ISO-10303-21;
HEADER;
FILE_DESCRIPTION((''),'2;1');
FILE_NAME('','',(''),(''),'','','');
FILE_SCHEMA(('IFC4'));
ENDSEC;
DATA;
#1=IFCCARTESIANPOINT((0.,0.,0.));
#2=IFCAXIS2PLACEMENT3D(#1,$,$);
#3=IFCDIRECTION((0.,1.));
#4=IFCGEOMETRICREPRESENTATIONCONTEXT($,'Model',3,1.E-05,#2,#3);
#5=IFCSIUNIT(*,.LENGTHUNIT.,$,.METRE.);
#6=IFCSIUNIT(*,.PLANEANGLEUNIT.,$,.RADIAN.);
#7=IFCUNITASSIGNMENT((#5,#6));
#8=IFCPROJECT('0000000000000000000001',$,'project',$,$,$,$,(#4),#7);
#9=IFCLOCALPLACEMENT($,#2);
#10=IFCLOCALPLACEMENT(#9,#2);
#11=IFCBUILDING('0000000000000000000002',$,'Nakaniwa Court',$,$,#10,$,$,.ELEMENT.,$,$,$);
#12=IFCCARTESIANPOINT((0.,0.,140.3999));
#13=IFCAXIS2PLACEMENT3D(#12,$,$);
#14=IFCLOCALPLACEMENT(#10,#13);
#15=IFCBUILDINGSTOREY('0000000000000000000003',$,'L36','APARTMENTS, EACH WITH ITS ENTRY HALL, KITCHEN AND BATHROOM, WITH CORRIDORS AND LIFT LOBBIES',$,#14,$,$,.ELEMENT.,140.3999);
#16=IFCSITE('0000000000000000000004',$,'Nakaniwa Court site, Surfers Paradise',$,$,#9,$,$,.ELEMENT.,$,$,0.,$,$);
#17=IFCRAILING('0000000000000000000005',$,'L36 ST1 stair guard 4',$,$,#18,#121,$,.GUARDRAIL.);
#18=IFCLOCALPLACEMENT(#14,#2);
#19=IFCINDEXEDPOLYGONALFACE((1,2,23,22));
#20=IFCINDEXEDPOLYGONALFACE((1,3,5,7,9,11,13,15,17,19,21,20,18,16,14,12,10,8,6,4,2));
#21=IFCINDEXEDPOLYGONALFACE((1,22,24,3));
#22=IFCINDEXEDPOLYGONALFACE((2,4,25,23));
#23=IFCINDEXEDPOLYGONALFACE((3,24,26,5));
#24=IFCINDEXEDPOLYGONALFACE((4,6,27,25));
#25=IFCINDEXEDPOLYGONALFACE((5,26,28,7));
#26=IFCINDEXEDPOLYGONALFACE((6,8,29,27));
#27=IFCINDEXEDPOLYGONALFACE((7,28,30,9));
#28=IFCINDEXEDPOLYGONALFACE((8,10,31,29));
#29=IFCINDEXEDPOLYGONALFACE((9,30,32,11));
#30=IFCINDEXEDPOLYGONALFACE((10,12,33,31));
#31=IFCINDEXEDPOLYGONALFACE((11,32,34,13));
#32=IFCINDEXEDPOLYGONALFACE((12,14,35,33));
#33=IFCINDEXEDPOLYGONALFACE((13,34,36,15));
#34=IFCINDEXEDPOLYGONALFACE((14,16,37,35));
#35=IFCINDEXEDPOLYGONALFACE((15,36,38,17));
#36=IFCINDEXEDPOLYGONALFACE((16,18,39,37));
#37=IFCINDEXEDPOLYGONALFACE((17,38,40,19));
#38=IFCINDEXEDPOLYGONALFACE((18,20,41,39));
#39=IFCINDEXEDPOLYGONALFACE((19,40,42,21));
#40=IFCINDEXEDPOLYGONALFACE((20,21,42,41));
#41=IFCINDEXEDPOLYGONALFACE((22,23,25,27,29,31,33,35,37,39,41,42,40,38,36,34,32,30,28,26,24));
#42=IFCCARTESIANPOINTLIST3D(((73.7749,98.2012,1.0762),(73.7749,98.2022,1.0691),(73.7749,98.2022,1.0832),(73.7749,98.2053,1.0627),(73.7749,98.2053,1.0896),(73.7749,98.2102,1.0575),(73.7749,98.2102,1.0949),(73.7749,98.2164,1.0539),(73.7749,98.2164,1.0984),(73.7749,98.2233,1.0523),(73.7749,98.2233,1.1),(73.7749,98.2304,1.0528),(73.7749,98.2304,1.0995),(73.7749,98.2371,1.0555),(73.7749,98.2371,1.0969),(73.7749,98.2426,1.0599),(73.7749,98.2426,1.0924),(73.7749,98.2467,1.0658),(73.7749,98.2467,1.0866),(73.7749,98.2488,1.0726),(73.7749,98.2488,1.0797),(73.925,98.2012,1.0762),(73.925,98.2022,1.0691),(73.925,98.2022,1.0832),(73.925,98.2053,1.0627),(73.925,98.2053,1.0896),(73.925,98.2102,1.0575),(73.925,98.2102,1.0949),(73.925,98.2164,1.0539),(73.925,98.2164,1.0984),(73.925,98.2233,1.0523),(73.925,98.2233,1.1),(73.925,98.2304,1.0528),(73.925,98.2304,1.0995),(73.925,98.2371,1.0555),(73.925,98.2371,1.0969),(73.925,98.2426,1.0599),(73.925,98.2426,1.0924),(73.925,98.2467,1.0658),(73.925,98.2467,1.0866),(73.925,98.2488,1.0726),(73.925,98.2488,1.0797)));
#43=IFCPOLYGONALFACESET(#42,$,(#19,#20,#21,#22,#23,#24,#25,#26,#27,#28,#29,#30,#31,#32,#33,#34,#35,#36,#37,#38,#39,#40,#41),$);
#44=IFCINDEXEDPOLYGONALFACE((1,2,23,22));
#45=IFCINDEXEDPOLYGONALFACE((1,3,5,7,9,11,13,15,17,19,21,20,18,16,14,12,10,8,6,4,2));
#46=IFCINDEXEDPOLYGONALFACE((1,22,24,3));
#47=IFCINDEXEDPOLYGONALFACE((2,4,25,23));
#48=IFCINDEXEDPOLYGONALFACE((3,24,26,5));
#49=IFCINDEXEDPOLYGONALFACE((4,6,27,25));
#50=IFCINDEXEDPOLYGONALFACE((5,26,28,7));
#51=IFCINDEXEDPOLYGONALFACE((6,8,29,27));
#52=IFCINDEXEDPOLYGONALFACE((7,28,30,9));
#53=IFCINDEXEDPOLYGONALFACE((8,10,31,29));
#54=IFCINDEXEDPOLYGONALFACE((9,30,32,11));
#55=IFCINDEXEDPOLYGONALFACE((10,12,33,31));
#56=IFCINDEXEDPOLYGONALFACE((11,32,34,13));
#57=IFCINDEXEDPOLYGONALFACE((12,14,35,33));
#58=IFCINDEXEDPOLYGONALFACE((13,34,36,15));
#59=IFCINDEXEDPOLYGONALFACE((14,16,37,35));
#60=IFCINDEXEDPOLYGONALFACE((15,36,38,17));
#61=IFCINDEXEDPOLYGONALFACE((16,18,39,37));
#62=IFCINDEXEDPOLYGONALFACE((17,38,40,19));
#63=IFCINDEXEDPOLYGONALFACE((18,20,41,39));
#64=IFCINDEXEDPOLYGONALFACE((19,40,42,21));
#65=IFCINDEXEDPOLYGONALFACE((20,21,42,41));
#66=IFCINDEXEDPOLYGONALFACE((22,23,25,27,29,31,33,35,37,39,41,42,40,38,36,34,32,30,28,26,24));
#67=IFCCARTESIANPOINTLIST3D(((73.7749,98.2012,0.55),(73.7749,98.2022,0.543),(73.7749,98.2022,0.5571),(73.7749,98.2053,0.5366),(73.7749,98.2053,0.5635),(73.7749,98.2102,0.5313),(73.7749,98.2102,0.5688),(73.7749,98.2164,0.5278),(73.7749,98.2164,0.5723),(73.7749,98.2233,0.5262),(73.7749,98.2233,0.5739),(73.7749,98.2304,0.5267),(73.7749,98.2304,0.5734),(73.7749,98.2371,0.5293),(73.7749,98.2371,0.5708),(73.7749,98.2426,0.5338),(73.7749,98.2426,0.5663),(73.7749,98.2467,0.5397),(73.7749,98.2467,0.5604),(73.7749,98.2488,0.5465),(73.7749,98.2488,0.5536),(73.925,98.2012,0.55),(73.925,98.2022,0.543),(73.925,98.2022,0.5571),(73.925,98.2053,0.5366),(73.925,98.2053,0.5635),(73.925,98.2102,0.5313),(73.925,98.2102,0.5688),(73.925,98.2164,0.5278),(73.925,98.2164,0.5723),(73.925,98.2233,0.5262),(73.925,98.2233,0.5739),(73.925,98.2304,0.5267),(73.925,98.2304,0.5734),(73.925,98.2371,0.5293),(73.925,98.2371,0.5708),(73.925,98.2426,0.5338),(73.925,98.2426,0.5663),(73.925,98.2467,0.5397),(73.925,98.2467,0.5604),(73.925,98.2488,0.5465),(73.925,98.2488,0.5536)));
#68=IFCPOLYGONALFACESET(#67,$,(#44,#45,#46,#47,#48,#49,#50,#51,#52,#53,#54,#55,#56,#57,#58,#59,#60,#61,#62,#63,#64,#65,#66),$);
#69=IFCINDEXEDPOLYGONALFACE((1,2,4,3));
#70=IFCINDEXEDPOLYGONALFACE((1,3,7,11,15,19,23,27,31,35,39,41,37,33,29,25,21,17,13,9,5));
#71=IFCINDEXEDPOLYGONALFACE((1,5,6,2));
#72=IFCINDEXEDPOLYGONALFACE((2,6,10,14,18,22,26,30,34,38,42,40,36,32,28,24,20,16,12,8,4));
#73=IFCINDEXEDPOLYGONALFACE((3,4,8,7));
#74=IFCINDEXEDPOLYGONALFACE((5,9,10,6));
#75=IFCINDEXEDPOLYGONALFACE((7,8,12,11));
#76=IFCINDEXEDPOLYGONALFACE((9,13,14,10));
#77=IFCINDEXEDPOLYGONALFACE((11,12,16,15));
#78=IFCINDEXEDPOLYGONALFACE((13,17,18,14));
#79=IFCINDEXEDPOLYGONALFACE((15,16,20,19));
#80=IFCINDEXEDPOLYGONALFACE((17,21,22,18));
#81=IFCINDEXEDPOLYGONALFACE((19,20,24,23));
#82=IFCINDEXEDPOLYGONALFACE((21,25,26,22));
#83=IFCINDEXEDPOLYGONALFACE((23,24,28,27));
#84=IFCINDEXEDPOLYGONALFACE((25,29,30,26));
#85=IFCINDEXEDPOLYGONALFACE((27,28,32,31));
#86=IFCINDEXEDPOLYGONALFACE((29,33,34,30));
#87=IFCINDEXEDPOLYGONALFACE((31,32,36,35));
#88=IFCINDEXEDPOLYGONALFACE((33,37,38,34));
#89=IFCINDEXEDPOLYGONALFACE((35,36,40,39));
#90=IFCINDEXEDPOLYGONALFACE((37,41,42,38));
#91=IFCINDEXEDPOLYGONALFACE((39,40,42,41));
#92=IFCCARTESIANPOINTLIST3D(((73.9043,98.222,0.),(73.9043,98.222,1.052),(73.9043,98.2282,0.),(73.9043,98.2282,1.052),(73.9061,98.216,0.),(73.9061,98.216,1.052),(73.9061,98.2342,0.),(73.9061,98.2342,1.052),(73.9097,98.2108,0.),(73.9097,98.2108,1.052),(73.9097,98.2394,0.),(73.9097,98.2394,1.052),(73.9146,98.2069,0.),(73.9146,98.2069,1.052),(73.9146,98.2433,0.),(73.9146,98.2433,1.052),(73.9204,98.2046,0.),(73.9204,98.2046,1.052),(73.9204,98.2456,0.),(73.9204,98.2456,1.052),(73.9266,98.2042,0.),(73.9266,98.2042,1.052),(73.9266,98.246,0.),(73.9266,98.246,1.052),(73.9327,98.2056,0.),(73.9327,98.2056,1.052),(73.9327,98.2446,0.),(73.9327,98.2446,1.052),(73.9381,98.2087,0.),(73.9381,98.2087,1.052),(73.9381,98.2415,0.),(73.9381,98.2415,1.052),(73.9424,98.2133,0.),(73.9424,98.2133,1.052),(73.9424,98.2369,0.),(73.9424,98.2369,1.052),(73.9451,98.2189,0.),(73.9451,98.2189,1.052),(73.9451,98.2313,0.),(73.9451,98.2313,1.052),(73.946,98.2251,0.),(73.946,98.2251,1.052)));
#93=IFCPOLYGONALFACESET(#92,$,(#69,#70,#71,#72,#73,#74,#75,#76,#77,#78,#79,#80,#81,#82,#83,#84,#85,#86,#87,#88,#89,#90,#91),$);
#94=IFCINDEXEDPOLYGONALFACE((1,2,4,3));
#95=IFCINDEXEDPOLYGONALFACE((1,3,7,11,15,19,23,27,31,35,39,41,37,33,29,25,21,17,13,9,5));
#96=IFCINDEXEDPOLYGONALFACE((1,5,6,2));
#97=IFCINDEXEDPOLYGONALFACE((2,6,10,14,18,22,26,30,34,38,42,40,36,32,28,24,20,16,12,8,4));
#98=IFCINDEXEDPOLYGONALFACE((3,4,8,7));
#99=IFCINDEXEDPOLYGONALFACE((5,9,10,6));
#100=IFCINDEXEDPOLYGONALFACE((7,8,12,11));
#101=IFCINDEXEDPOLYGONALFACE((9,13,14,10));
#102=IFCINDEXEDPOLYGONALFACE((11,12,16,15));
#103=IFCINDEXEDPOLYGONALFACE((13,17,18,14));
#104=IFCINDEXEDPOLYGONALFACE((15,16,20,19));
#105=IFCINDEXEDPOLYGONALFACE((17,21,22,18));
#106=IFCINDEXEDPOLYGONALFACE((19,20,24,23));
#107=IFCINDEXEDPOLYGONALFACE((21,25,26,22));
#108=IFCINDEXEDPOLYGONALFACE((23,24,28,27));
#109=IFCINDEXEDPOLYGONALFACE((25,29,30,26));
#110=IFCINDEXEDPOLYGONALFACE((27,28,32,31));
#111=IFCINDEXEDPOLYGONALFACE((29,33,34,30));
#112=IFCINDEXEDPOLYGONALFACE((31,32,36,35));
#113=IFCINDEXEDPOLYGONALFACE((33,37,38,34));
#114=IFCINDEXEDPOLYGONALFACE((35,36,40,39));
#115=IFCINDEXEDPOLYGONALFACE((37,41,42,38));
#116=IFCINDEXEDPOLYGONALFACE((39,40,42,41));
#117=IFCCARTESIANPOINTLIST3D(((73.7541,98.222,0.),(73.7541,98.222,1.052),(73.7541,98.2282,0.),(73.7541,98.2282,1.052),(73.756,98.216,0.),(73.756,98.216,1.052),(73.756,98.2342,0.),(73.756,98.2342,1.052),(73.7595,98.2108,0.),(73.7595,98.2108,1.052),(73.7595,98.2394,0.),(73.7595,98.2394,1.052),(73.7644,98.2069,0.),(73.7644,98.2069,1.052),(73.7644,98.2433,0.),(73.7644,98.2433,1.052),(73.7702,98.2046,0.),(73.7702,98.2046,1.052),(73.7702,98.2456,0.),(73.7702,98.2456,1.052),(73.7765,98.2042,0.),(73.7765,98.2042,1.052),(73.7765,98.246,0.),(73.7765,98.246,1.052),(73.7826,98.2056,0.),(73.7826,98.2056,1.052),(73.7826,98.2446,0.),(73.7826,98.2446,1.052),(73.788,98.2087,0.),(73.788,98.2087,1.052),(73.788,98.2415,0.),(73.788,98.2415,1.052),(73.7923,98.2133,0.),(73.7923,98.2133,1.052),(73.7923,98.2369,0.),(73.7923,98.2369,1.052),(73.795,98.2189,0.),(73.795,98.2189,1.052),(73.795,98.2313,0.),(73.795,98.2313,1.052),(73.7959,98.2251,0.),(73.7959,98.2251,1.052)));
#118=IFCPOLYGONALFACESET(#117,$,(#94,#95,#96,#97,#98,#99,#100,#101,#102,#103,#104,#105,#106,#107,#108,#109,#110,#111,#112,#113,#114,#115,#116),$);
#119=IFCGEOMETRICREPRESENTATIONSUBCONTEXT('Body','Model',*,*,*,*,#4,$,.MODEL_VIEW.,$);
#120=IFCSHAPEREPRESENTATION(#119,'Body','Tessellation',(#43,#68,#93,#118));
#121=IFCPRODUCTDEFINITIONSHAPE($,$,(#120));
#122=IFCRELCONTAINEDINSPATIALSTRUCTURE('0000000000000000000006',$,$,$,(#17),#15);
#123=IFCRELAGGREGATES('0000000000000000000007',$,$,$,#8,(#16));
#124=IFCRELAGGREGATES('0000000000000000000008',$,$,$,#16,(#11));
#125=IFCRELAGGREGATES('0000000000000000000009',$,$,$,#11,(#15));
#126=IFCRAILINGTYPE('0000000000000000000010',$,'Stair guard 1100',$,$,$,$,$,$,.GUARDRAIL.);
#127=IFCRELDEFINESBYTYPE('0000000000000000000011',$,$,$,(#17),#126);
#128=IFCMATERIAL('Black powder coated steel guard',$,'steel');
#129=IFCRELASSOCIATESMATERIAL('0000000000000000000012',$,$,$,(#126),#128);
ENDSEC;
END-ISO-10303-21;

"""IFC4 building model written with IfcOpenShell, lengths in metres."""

from ifc_helpers import new_model, si_unit, direction, frame, origin, origin_2d, place, context, subcontext, project, spatial, circle, extrude, material, type_object, element, save


model = new_model("IFC4")

# Units and contexts
model_context = context("Model", 3, precision=1e-05, world=origin(), true_north=direction((0.0, 1.0)))
body_context = subcontext(model_context, "Body", "Model", "MODEL_VIEW")
ifc_project = project(units=[si_unit("LENGTHUNIT", "METRE"), si_unit("PLANEANGLEUNIT", "RADIAN")], contexts=[model_context])

# Site, building, storey
site_placement = place(None, origin())
site = spatial("IfcSite", under=ifc_project, at=site_placement, Name="Nakaniwa Court site, Surfers Paradise", CompositionType="ELEMENT", RefElevation=0.0)
building_placement = place(site_placement, origin())
building = spatial("IfcBuilding", under=site, at=building_placement, Name="Nakaniwa Court", CompositionType="ELEMENT")
storey_placement = place(building_placement, frame((0.0, 0.0, 140.3999)))
storey = spatial("IfcBuildingStorey", under=building, at=storey_placement, Name="L36", Description="APARTMENTS, EACH WITH ITS ENTRY HALL, KITCHEN AND BATHROOM, WITH CORRIDORS AND LIFT LOBBIES", CompositionType="ELEMENT", Elevation=140.3999)

# Railing
ifc_material_1 = material(Name="Black powder coated steel guard", Category="steel")
railing_type_1 = type_object("IfcRailingType", Name="Stair guard 1100", PredefinedType="GUARDRAIL", material=ifc_material_1)
railing_1_placement = place(storey_placement, frame((73.925, 98.2251, 0.0)))
element("IfcRailing", 1, at=railing_1_placement, inside=storey, type_object=railing_type_1, Name="L36 ST1 stair guard 4", PredefinedType="GUARDRAIL", context=body_context, shape_type="SweptSolid", body=[
    extrude(circle(Radius=0.0239, at=origin_2d()), frame((0.0, 0.0, 1.0762), z_axis=(-1.0, 0.0, 0.0), x_axis=(0.0, -1.0, 0.0)), (0.0, 0.0, 1.0), 0.1501),
    extrude(circle(Radius=0.0239, at=origin_2d()), frame((0.0, 0.0, 0.55), z_axis=(-1.0, 0.0, 0.0), x_axis=(0.0, -1.0, 0.0)), (0.0, 0.0, 1.0), 0.1501),
    extrude(circle(Radius=0.021, at=origin_2d()), origin(), (0.0, 0.0, 1.0), 1.052),
    extrude(circle(Radius=0.021, at=origin_2d()), frame((-0.1501, 0.0, 0.0)), (0.0, 0.0, 1.0), 1.052),
])

save(model, "model.ifc")
